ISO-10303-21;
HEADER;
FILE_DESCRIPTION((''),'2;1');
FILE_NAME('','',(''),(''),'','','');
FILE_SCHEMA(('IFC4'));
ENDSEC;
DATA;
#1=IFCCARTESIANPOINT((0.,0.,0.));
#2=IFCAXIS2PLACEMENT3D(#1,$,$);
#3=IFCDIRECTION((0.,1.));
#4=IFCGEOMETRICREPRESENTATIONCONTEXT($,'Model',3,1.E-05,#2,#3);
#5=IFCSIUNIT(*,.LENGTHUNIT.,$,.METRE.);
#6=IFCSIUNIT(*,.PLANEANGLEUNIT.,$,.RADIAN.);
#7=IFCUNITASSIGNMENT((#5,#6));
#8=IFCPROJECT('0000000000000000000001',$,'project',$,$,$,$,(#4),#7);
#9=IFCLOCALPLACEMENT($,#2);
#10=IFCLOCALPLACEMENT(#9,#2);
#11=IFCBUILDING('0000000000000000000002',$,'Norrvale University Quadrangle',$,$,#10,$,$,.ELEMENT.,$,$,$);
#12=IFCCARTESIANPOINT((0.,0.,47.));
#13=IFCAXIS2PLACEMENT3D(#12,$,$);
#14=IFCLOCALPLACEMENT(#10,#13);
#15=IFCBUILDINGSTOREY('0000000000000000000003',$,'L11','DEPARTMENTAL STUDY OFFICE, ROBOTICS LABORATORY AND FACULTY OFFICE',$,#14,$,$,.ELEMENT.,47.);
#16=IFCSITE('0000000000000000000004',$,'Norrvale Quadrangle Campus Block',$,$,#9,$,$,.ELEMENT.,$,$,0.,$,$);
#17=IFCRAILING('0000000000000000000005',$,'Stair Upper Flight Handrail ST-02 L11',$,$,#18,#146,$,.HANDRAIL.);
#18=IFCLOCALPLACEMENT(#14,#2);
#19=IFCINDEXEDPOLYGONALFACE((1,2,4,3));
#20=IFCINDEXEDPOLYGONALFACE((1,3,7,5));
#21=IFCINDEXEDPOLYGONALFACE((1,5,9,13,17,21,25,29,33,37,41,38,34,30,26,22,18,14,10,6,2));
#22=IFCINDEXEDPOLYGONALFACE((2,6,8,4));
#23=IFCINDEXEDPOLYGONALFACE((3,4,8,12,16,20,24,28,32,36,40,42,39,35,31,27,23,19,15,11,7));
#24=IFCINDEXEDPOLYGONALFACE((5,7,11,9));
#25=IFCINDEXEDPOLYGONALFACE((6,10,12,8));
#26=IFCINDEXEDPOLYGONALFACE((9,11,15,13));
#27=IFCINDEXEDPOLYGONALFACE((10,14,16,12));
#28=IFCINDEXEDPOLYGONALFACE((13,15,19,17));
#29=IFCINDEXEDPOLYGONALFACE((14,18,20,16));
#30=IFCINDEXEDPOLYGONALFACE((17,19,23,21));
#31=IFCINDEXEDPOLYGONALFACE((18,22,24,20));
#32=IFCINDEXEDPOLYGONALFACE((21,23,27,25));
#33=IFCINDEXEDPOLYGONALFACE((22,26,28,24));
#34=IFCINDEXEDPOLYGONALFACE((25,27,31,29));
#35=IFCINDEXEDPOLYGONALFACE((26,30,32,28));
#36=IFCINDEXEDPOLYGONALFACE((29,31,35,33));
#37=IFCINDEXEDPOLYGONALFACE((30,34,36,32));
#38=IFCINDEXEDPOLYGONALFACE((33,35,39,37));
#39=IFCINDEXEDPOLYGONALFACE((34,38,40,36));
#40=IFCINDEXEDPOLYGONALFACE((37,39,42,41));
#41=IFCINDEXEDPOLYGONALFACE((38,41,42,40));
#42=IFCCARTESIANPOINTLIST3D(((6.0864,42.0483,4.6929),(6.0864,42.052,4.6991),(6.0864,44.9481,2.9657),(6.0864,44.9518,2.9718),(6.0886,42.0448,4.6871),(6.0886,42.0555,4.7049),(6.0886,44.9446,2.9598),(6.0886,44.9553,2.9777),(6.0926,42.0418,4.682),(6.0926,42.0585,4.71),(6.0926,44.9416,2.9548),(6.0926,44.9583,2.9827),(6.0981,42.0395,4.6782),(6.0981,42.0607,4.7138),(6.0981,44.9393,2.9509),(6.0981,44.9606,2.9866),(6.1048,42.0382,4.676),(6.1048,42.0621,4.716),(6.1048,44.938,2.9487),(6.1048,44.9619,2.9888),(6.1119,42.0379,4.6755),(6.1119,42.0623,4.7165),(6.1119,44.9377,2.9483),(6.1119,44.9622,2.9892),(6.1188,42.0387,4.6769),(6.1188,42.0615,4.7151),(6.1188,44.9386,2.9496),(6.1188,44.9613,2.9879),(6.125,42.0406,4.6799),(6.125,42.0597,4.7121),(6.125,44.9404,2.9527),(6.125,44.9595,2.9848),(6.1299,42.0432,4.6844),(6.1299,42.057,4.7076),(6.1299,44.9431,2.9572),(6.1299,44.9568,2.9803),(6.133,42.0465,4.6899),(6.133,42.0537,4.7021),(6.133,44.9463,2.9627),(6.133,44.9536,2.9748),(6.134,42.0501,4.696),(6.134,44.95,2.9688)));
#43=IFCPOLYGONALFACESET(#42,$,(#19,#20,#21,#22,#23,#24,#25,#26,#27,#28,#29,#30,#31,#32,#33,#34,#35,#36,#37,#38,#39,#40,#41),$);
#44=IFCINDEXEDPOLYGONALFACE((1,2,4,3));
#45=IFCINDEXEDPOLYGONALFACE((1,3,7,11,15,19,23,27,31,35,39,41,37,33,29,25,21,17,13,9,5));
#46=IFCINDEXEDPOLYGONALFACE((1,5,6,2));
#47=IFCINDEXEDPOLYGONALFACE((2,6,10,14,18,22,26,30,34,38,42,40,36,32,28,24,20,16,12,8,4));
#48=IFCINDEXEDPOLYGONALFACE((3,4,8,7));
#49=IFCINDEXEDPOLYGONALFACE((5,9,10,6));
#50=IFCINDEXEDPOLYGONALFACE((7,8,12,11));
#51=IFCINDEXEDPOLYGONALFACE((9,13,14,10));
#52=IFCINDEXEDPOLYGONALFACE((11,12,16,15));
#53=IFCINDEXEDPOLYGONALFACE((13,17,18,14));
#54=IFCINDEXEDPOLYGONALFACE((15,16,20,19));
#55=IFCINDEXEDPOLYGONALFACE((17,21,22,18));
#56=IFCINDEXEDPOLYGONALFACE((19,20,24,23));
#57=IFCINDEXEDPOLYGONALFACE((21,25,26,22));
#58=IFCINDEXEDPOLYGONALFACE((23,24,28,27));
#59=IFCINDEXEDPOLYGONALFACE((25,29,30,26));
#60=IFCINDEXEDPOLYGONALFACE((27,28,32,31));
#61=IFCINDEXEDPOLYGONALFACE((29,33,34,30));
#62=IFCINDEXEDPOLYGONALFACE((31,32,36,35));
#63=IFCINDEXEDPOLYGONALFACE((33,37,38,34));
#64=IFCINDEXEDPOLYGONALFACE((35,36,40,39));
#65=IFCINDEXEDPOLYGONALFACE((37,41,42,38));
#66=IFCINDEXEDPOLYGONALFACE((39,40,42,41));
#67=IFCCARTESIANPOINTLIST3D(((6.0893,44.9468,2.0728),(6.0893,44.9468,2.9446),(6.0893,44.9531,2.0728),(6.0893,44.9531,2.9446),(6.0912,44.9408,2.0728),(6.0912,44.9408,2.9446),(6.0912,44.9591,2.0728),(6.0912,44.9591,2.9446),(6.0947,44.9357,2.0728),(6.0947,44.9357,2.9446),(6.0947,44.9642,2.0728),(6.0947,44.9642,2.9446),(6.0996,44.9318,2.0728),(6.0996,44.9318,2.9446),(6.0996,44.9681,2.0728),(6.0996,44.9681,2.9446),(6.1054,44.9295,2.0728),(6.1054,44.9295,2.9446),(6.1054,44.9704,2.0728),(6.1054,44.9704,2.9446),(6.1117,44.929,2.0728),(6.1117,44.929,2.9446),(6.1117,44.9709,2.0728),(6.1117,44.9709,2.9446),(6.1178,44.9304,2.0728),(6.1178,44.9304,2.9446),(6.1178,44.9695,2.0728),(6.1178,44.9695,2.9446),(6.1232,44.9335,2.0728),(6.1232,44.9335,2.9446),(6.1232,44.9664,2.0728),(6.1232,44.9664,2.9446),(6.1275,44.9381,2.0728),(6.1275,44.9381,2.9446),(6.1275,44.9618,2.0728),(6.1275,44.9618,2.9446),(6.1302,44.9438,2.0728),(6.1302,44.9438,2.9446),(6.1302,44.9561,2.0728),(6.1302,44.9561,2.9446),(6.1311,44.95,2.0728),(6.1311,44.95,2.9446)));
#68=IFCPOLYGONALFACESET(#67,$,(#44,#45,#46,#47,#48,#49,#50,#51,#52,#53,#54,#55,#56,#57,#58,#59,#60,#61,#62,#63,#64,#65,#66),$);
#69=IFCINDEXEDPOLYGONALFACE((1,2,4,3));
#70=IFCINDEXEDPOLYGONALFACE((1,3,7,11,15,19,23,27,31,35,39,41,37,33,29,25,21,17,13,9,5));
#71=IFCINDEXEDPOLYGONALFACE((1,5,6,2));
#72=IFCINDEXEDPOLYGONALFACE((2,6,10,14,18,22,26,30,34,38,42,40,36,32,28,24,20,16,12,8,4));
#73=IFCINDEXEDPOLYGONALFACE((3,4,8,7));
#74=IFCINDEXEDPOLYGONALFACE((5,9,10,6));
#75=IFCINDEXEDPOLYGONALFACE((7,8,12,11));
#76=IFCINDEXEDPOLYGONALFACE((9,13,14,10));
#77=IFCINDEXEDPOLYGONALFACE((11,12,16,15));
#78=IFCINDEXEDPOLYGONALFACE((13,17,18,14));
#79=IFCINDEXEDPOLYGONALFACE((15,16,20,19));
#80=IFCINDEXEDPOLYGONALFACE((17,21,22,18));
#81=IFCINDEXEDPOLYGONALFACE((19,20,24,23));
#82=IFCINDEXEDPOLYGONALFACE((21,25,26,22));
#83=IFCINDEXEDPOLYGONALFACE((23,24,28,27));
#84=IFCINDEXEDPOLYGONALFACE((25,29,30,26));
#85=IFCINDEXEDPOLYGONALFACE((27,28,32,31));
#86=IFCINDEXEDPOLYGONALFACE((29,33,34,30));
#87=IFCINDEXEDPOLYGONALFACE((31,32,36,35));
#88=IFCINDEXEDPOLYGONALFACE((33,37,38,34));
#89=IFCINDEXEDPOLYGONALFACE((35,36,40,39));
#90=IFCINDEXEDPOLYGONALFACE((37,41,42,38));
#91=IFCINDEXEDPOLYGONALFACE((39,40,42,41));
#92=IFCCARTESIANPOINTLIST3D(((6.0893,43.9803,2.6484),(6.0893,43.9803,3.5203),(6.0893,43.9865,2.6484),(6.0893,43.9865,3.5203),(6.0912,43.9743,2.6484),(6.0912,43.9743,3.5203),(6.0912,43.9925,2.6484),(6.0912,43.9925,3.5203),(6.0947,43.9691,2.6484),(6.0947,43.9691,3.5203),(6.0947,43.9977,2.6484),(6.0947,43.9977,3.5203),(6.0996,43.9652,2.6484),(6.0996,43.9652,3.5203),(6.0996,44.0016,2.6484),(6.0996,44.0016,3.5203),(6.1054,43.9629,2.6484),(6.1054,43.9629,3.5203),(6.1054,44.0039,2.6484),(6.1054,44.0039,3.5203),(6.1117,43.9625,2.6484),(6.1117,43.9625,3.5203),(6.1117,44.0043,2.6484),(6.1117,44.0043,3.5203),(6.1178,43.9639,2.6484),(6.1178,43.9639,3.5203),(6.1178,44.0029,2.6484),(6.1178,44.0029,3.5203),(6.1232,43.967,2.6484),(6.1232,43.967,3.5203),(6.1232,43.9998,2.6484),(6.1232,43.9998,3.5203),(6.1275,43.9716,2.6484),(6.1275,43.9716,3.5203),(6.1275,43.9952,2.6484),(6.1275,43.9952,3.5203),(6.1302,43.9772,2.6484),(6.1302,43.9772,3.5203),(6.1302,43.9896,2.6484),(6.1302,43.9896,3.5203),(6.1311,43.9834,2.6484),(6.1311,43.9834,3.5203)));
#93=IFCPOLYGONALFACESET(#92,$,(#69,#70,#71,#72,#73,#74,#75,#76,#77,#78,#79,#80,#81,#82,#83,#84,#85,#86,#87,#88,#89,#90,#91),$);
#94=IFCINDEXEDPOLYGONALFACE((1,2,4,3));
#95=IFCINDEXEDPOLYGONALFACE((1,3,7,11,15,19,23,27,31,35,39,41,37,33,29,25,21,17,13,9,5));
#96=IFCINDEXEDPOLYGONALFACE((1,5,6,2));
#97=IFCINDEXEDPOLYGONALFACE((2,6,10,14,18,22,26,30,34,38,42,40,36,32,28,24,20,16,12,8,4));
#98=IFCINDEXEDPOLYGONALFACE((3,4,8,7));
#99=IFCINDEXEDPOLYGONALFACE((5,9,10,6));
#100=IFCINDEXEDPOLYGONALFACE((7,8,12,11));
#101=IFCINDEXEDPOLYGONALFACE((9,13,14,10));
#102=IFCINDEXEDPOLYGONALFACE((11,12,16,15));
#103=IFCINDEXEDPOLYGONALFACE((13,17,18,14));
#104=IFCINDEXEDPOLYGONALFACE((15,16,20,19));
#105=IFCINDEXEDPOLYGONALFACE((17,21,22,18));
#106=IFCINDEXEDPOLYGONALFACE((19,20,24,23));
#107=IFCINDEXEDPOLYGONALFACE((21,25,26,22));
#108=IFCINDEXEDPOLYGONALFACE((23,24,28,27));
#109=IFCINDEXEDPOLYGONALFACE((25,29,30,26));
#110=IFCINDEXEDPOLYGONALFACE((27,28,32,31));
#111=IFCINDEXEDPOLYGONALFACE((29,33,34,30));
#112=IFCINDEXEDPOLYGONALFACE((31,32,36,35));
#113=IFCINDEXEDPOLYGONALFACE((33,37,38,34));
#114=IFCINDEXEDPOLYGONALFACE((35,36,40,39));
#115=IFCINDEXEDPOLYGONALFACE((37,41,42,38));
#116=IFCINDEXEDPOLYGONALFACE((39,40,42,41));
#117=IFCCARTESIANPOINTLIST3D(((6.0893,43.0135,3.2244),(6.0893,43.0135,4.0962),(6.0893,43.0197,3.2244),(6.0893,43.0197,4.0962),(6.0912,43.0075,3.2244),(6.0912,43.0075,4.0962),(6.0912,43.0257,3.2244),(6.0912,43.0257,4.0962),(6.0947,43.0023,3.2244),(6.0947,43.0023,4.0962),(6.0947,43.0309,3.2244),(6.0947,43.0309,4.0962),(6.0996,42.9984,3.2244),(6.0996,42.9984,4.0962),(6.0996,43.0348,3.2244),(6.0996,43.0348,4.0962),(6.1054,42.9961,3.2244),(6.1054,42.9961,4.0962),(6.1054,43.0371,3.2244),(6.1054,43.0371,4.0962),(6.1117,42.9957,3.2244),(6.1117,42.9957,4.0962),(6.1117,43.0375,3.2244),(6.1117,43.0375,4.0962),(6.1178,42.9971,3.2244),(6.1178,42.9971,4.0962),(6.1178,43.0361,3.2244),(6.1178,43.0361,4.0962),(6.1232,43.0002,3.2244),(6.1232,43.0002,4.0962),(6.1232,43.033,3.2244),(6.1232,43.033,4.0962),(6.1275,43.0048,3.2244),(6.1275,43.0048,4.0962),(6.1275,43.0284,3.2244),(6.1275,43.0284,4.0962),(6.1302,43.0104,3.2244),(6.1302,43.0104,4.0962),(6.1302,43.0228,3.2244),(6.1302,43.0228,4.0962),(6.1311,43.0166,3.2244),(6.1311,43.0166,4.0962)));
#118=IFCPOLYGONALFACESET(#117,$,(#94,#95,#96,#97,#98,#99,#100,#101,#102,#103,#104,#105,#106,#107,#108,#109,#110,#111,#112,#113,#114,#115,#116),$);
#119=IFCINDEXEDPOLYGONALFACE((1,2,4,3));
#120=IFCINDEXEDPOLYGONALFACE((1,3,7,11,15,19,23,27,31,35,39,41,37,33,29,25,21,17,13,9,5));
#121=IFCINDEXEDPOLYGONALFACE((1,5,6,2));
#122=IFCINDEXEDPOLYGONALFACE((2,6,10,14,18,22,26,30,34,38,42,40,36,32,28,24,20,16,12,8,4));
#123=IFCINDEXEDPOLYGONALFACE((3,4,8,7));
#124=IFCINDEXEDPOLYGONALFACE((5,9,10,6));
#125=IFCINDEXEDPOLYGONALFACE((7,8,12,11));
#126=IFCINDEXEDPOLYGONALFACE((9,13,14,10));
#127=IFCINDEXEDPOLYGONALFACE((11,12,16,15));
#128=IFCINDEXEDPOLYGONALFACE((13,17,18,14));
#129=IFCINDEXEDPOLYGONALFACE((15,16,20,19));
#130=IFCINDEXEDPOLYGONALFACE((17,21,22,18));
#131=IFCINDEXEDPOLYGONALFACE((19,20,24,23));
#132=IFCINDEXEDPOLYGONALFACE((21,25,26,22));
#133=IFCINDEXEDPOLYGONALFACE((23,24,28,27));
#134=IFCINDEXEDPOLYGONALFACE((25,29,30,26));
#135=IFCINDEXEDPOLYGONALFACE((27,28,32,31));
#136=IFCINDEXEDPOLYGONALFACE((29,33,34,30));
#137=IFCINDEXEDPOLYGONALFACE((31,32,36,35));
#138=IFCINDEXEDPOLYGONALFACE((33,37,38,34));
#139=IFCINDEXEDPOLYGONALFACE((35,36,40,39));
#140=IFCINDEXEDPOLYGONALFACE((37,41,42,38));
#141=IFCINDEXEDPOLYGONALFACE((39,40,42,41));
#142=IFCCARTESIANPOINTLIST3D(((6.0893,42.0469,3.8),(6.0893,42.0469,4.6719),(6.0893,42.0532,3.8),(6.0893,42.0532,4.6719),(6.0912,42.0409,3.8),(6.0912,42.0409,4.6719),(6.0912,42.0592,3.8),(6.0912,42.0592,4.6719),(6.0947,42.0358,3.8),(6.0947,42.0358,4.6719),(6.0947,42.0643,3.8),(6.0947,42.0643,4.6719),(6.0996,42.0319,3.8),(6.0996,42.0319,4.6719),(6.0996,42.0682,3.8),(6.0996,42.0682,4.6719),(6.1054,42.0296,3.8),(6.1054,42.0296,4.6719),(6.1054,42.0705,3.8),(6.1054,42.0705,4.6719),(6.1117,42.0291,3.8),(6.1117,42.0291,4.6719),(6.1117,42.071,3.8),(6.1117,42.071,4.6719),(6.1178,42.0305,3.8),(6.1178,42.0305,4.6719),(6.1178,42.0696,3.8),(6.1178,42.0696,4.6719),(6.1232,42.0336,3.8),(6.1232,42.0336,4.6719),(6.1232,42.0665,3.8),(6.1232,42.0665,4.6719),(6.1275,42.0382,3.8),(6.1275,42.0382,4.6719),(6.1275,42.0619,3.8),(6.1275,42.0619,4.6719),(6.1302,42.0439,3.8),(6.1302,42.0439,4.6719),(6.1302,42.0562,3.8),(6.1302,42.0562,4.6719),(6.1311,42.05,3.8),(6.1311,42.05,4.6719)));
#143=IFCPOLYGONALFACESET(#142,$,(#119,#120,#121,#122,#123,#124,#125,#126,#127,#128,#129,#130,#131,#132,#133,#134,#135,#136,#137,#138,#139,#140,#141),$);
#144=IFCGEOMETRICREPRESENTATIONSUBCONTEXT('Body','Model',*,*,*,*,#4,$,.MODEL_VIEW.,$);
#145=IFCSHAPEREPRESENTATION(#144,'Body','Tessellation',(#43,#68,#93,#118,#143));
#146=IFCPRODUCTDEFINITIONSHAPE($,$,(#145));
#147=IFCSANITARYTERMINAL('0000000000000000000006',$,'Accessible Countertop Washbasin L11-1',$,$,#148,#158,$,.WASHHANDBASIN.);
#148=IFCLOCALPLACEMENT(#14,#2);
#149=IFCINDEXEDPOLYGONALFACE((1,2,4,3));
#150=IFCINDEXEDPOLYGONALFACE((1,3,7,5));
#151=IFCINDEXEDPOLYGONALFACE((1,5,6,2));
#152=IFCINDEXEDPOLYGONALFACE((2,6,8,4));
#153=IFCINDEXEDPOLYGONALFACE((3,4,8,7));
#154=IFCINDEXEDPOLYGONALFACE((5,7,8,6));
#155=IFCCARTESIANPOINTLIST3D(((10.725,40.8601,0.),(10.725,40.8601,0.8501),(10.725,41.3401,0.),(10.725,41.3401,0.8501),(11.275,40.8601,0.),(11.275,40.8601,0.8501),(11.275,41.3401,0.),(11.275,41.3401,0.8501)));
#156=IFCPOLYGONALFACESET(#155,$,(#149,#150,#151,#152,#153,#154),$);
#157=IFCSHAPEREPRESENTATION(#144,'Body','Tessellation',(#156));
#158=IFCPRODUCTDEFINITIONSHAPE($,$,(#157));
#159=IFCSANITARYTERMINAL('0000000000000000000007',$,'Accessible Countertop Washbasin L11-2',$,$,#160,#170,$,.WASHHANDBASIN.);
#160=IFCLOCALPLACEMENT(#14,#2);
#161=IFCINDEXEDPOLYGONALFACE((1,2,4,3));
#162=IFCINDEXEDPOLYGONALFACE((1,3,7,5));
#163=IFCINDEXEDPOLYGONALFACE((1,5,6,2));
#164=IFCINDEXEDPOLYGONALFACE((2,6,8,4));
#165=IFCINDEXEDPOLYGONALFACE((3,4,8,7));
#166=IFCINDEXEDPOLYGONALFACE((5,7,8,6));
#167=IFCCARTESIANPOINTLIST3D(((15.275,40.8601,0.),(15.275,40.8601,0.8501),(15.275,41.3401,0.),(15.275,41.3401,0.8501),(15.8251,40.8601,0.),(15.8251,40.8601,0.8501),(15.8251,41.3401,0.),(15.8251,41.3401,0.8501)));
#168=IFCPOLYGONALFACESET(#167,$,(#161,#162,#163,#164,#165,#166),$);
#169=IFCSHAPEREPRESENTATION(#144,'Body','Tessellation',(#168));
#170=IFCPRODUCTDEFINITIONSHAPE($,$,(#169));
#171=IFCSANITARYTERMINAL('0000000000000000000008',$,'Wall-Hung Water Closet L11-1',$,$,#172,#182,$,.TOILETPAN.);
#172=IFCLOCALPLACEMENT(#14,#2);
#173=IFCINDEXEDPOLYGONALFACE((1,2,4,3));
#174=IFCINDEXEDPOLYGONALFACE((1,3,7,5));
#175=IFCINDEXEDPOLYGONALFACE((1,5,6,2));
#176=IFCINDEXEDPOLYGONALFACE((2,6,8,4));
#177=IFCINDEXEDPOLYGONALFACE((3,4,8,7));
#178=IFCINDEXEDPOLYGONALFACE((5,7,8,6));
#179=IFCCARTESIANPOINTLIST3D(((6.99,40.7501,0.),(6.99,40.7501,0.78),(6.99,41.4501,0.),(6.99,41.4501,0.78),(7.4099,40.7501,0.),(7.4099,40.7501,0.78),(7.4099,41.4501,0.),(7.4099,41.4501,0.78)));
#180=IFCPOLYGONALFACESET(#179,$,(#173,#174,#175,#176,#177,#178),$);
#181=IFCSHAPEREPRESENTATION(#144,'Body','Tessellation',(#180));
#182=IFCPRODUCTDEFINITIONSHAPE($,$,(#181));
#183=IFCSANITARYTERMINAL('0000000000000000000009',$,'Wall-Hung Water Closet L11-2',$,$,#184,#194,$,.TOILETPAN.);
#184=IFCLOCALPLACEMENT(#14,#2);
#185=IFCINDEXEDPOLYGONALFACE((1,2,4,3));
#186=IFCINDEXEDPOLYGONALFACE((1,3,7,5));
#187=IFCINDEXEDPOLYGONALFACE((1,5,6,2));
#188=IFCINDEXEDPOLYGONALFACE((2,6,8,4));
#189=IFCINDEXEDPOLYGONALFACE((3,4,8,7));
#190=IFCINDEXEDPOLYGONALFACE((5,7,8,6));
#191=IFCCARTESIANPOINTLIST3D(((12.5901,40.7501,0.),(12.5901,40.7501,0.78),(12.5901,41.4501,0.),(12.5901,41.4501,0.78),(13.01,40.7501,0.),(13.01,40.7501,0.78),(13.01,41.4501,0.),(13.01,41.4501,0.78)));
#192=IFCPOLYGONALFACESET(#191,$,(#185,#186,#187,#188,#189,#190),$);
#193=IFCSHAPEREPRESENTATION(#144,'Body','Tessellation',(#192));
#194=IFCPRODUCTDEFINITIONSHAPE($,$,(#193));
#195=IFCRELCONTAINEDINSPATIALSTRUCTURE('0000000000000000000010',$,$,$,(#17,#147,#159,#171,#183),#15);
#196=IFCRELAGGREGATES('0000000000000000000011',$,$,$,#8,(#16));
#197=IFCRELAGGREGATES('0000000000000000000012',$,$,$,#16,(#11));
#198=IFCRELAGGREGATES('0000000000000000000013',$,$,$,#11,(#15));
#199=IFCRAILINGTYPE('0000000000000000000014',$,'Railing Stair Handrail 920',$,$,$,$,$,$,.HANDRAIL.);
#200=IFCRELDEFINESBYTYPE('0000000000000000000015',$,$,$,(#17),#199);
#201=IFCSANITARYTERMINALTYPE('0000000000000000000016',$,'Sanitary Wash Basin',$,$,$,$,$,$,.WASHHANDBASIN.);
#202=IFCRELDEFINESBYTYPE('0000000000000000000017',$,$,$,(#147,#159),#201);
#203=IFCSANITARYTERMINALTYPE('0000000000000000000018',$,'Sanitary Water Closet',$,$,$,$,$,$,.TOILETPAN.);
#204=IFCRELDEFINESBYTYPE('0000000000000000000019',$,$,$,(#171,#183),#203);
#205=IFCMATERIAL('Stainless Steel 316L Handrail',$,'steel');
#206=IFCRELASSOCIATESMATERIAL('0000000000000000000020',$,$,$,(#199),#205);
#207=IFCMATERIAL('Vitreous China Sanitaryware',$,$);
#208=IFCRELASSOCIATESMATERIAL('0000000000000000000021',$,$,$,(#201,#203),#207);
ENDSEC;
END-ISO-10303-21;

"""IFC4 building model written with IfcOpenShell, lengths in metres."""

from ifc_helpers import new_model, si_unit, direction, frame, origin, origin_2d, place, context, subcontext, project, spatial, rectangle, circle, extrude, material, type_object, element, save


model = new_model("IFC4")

# Units and contexts
model_context = context("Model", 3, precision=1e-05, world=origin(), true_north=direction((0.0, 1.0)))
body_context = subcontext(model_context, "Body", "Model", "MODEL_VIEW")
ifc_project = project(units=[si_unit("LENGTHUNIT", "METRE"), si_unit("PLANEANGLEUNIT", "RADIAN")], contexts=[model_context])

# Site, building, storey
site_placement = place(None, origin())
site = spatial("IfcSite", under=ifc_project, at=site_placement, Name="Norrvale Quadrangle Campus Block", CompositionType="ELEMENT", RefElevation=0.0)
building_placement = place(site_placement, origin())
building = spatial("IfcBuilding", under=site, at=building_placement, Name="Norrvale University Quadrangle", CompositionType="ELEMENT")
storey_placement = place(building_placement, frame((0.0, 0.0, 47.0)))
storey = spatial("IfcBuildingStorey", under=building, at=storey_placement, Name="L11", Description="DEPARTMENTAL STUDY OFFICE, ROBOTICS LABORATORY AND FACULTY OFFICE", CompositionType="ELEMENT", Elevation=47.0)

# Railing
ifc_material_1 = material(Name="Stainless Steel 316L Handrail", Category="steel")
railing_type_1 = type_object("IfcRailingType", Name="Railing Stair Handrail 920", PredefinedType="HANDRAIL", material=ifc_material_1)
railing_1_placement = place(storey_placement, frame((6.1101, 44.95, 2.0728)))
element("IfcRailing", 1, at=railing_1_placement, inside=storey, type_object=railing_type_1, Name="Stair Upper Flight Handrail ST-02 L11", PredefinedType="HANDRAIL", context=body_context, shape_type="SweptSolid", body=[
    extrude(circle(Radius=0.0239, at=origin_2d()), frame((0.0, 0.0, 0.896), z_axis=(0.0, -0.859141, 0.511738), x_axis=(1.0, 0.0, 0.0)), (0.0, 0.0, 1.0), 3.3752),
    extrude(circle(Radius=0.021, at=origin_2d()), origin(), (0.0, 0.0, 1.0), 0.8718),
    extrude(circle(Radius=0.021, at=origin_2d()), frame((0.0, -0.9666, 0.5757)), (0.0, 0.0, 1.0), 0.8718),
    extrude(circle(Radius=0.021, at=origin_2d()), frame((0.0, -1.9333, 1.1516)), (0.0, 0.0, 1.0), 0.8718),
    extrude(circle(Radius=0.021, at=origin_2d()), frame((0.0, -2.8999, 1.7273)), (0.0, 0.0, 1.0), 0.8718),
])

# Sanitary terminals
ifc_material_2 = material(Name="Vitreous China Sanitaryware")
sanitary_terminal_type_1 = type_object("IfcSanitaryTerminalType", Name="Sanitary Wash Basin", PredefinedType="WASHHANDBASIN", material=ifc_material_2)
for number, where, z_axis, x_axis, name in (
    (2, (11.0, 41.1001, 0.0), (0.0, 0.0, 1.0), (1.0, 0.0, 0.0), "Accessible Countertop Washbasin L11-1"),
    (3, (15.55, 41.1001, 0.0), (0.0, 0.0, 1.0), (1.0, 0.0, 0.0), "Accessible Countertop Washbasin L11-2"),
):
    element("IfcSanitaryTerminal", number, at=place(storey_placement, frame(where, z_axis=z_axis, x_axis=x_axis)), inside=storey, type_object=sanitary_terminal_type_1, Name=name, PredefinedType="WASHHANDBASIN", context=body_context, shape_type="SweptSolid", body=[
        extrude(rectangle(XDim=0.55, YDim=0.48, at=origin_2d()), origin(), (0.0, 0.0, 1.0), 0.8501),
    ])
sanitary_terminal_type_2 = type_object("IfcSanitaryTerminalType", Name="Sanitary Water Closet", PredefinedType="TOILETPAN", material=ifc_material_2)
for number, where, z_axis, x_axis, name in (
    (4, (7.2, 41.1001, 0.0), (0.0, 0.0, 1.0), (1.0, 0.0, 0.0), "Wall-Hung Water Closet L11-1"),
    (5, (12.8, 41.1001, 0.0), (0.0, 0.0, 1.0), (1.0, 0.0, 0.0), "Wall-Hung Water Closet L11-2"),
):
    element("IfcSanitaryTerminal", number, at=place(storey_placement, frame(where, z_axis=z_axis, x_axis=x_axis)), inside=storey, type_object=sanitary_terminal_type_2, Name=name, PredefinedType="TOILETPAN", context=body_context, shape_type="SweptSolid", body=[
        extrude(rectangle(XDim=0.4199, YDim=0.7, at=origin_2d()), origin(), (0.0, 0.0, 1.0), 0.78),
    ])

save(model, "model.ifc")
